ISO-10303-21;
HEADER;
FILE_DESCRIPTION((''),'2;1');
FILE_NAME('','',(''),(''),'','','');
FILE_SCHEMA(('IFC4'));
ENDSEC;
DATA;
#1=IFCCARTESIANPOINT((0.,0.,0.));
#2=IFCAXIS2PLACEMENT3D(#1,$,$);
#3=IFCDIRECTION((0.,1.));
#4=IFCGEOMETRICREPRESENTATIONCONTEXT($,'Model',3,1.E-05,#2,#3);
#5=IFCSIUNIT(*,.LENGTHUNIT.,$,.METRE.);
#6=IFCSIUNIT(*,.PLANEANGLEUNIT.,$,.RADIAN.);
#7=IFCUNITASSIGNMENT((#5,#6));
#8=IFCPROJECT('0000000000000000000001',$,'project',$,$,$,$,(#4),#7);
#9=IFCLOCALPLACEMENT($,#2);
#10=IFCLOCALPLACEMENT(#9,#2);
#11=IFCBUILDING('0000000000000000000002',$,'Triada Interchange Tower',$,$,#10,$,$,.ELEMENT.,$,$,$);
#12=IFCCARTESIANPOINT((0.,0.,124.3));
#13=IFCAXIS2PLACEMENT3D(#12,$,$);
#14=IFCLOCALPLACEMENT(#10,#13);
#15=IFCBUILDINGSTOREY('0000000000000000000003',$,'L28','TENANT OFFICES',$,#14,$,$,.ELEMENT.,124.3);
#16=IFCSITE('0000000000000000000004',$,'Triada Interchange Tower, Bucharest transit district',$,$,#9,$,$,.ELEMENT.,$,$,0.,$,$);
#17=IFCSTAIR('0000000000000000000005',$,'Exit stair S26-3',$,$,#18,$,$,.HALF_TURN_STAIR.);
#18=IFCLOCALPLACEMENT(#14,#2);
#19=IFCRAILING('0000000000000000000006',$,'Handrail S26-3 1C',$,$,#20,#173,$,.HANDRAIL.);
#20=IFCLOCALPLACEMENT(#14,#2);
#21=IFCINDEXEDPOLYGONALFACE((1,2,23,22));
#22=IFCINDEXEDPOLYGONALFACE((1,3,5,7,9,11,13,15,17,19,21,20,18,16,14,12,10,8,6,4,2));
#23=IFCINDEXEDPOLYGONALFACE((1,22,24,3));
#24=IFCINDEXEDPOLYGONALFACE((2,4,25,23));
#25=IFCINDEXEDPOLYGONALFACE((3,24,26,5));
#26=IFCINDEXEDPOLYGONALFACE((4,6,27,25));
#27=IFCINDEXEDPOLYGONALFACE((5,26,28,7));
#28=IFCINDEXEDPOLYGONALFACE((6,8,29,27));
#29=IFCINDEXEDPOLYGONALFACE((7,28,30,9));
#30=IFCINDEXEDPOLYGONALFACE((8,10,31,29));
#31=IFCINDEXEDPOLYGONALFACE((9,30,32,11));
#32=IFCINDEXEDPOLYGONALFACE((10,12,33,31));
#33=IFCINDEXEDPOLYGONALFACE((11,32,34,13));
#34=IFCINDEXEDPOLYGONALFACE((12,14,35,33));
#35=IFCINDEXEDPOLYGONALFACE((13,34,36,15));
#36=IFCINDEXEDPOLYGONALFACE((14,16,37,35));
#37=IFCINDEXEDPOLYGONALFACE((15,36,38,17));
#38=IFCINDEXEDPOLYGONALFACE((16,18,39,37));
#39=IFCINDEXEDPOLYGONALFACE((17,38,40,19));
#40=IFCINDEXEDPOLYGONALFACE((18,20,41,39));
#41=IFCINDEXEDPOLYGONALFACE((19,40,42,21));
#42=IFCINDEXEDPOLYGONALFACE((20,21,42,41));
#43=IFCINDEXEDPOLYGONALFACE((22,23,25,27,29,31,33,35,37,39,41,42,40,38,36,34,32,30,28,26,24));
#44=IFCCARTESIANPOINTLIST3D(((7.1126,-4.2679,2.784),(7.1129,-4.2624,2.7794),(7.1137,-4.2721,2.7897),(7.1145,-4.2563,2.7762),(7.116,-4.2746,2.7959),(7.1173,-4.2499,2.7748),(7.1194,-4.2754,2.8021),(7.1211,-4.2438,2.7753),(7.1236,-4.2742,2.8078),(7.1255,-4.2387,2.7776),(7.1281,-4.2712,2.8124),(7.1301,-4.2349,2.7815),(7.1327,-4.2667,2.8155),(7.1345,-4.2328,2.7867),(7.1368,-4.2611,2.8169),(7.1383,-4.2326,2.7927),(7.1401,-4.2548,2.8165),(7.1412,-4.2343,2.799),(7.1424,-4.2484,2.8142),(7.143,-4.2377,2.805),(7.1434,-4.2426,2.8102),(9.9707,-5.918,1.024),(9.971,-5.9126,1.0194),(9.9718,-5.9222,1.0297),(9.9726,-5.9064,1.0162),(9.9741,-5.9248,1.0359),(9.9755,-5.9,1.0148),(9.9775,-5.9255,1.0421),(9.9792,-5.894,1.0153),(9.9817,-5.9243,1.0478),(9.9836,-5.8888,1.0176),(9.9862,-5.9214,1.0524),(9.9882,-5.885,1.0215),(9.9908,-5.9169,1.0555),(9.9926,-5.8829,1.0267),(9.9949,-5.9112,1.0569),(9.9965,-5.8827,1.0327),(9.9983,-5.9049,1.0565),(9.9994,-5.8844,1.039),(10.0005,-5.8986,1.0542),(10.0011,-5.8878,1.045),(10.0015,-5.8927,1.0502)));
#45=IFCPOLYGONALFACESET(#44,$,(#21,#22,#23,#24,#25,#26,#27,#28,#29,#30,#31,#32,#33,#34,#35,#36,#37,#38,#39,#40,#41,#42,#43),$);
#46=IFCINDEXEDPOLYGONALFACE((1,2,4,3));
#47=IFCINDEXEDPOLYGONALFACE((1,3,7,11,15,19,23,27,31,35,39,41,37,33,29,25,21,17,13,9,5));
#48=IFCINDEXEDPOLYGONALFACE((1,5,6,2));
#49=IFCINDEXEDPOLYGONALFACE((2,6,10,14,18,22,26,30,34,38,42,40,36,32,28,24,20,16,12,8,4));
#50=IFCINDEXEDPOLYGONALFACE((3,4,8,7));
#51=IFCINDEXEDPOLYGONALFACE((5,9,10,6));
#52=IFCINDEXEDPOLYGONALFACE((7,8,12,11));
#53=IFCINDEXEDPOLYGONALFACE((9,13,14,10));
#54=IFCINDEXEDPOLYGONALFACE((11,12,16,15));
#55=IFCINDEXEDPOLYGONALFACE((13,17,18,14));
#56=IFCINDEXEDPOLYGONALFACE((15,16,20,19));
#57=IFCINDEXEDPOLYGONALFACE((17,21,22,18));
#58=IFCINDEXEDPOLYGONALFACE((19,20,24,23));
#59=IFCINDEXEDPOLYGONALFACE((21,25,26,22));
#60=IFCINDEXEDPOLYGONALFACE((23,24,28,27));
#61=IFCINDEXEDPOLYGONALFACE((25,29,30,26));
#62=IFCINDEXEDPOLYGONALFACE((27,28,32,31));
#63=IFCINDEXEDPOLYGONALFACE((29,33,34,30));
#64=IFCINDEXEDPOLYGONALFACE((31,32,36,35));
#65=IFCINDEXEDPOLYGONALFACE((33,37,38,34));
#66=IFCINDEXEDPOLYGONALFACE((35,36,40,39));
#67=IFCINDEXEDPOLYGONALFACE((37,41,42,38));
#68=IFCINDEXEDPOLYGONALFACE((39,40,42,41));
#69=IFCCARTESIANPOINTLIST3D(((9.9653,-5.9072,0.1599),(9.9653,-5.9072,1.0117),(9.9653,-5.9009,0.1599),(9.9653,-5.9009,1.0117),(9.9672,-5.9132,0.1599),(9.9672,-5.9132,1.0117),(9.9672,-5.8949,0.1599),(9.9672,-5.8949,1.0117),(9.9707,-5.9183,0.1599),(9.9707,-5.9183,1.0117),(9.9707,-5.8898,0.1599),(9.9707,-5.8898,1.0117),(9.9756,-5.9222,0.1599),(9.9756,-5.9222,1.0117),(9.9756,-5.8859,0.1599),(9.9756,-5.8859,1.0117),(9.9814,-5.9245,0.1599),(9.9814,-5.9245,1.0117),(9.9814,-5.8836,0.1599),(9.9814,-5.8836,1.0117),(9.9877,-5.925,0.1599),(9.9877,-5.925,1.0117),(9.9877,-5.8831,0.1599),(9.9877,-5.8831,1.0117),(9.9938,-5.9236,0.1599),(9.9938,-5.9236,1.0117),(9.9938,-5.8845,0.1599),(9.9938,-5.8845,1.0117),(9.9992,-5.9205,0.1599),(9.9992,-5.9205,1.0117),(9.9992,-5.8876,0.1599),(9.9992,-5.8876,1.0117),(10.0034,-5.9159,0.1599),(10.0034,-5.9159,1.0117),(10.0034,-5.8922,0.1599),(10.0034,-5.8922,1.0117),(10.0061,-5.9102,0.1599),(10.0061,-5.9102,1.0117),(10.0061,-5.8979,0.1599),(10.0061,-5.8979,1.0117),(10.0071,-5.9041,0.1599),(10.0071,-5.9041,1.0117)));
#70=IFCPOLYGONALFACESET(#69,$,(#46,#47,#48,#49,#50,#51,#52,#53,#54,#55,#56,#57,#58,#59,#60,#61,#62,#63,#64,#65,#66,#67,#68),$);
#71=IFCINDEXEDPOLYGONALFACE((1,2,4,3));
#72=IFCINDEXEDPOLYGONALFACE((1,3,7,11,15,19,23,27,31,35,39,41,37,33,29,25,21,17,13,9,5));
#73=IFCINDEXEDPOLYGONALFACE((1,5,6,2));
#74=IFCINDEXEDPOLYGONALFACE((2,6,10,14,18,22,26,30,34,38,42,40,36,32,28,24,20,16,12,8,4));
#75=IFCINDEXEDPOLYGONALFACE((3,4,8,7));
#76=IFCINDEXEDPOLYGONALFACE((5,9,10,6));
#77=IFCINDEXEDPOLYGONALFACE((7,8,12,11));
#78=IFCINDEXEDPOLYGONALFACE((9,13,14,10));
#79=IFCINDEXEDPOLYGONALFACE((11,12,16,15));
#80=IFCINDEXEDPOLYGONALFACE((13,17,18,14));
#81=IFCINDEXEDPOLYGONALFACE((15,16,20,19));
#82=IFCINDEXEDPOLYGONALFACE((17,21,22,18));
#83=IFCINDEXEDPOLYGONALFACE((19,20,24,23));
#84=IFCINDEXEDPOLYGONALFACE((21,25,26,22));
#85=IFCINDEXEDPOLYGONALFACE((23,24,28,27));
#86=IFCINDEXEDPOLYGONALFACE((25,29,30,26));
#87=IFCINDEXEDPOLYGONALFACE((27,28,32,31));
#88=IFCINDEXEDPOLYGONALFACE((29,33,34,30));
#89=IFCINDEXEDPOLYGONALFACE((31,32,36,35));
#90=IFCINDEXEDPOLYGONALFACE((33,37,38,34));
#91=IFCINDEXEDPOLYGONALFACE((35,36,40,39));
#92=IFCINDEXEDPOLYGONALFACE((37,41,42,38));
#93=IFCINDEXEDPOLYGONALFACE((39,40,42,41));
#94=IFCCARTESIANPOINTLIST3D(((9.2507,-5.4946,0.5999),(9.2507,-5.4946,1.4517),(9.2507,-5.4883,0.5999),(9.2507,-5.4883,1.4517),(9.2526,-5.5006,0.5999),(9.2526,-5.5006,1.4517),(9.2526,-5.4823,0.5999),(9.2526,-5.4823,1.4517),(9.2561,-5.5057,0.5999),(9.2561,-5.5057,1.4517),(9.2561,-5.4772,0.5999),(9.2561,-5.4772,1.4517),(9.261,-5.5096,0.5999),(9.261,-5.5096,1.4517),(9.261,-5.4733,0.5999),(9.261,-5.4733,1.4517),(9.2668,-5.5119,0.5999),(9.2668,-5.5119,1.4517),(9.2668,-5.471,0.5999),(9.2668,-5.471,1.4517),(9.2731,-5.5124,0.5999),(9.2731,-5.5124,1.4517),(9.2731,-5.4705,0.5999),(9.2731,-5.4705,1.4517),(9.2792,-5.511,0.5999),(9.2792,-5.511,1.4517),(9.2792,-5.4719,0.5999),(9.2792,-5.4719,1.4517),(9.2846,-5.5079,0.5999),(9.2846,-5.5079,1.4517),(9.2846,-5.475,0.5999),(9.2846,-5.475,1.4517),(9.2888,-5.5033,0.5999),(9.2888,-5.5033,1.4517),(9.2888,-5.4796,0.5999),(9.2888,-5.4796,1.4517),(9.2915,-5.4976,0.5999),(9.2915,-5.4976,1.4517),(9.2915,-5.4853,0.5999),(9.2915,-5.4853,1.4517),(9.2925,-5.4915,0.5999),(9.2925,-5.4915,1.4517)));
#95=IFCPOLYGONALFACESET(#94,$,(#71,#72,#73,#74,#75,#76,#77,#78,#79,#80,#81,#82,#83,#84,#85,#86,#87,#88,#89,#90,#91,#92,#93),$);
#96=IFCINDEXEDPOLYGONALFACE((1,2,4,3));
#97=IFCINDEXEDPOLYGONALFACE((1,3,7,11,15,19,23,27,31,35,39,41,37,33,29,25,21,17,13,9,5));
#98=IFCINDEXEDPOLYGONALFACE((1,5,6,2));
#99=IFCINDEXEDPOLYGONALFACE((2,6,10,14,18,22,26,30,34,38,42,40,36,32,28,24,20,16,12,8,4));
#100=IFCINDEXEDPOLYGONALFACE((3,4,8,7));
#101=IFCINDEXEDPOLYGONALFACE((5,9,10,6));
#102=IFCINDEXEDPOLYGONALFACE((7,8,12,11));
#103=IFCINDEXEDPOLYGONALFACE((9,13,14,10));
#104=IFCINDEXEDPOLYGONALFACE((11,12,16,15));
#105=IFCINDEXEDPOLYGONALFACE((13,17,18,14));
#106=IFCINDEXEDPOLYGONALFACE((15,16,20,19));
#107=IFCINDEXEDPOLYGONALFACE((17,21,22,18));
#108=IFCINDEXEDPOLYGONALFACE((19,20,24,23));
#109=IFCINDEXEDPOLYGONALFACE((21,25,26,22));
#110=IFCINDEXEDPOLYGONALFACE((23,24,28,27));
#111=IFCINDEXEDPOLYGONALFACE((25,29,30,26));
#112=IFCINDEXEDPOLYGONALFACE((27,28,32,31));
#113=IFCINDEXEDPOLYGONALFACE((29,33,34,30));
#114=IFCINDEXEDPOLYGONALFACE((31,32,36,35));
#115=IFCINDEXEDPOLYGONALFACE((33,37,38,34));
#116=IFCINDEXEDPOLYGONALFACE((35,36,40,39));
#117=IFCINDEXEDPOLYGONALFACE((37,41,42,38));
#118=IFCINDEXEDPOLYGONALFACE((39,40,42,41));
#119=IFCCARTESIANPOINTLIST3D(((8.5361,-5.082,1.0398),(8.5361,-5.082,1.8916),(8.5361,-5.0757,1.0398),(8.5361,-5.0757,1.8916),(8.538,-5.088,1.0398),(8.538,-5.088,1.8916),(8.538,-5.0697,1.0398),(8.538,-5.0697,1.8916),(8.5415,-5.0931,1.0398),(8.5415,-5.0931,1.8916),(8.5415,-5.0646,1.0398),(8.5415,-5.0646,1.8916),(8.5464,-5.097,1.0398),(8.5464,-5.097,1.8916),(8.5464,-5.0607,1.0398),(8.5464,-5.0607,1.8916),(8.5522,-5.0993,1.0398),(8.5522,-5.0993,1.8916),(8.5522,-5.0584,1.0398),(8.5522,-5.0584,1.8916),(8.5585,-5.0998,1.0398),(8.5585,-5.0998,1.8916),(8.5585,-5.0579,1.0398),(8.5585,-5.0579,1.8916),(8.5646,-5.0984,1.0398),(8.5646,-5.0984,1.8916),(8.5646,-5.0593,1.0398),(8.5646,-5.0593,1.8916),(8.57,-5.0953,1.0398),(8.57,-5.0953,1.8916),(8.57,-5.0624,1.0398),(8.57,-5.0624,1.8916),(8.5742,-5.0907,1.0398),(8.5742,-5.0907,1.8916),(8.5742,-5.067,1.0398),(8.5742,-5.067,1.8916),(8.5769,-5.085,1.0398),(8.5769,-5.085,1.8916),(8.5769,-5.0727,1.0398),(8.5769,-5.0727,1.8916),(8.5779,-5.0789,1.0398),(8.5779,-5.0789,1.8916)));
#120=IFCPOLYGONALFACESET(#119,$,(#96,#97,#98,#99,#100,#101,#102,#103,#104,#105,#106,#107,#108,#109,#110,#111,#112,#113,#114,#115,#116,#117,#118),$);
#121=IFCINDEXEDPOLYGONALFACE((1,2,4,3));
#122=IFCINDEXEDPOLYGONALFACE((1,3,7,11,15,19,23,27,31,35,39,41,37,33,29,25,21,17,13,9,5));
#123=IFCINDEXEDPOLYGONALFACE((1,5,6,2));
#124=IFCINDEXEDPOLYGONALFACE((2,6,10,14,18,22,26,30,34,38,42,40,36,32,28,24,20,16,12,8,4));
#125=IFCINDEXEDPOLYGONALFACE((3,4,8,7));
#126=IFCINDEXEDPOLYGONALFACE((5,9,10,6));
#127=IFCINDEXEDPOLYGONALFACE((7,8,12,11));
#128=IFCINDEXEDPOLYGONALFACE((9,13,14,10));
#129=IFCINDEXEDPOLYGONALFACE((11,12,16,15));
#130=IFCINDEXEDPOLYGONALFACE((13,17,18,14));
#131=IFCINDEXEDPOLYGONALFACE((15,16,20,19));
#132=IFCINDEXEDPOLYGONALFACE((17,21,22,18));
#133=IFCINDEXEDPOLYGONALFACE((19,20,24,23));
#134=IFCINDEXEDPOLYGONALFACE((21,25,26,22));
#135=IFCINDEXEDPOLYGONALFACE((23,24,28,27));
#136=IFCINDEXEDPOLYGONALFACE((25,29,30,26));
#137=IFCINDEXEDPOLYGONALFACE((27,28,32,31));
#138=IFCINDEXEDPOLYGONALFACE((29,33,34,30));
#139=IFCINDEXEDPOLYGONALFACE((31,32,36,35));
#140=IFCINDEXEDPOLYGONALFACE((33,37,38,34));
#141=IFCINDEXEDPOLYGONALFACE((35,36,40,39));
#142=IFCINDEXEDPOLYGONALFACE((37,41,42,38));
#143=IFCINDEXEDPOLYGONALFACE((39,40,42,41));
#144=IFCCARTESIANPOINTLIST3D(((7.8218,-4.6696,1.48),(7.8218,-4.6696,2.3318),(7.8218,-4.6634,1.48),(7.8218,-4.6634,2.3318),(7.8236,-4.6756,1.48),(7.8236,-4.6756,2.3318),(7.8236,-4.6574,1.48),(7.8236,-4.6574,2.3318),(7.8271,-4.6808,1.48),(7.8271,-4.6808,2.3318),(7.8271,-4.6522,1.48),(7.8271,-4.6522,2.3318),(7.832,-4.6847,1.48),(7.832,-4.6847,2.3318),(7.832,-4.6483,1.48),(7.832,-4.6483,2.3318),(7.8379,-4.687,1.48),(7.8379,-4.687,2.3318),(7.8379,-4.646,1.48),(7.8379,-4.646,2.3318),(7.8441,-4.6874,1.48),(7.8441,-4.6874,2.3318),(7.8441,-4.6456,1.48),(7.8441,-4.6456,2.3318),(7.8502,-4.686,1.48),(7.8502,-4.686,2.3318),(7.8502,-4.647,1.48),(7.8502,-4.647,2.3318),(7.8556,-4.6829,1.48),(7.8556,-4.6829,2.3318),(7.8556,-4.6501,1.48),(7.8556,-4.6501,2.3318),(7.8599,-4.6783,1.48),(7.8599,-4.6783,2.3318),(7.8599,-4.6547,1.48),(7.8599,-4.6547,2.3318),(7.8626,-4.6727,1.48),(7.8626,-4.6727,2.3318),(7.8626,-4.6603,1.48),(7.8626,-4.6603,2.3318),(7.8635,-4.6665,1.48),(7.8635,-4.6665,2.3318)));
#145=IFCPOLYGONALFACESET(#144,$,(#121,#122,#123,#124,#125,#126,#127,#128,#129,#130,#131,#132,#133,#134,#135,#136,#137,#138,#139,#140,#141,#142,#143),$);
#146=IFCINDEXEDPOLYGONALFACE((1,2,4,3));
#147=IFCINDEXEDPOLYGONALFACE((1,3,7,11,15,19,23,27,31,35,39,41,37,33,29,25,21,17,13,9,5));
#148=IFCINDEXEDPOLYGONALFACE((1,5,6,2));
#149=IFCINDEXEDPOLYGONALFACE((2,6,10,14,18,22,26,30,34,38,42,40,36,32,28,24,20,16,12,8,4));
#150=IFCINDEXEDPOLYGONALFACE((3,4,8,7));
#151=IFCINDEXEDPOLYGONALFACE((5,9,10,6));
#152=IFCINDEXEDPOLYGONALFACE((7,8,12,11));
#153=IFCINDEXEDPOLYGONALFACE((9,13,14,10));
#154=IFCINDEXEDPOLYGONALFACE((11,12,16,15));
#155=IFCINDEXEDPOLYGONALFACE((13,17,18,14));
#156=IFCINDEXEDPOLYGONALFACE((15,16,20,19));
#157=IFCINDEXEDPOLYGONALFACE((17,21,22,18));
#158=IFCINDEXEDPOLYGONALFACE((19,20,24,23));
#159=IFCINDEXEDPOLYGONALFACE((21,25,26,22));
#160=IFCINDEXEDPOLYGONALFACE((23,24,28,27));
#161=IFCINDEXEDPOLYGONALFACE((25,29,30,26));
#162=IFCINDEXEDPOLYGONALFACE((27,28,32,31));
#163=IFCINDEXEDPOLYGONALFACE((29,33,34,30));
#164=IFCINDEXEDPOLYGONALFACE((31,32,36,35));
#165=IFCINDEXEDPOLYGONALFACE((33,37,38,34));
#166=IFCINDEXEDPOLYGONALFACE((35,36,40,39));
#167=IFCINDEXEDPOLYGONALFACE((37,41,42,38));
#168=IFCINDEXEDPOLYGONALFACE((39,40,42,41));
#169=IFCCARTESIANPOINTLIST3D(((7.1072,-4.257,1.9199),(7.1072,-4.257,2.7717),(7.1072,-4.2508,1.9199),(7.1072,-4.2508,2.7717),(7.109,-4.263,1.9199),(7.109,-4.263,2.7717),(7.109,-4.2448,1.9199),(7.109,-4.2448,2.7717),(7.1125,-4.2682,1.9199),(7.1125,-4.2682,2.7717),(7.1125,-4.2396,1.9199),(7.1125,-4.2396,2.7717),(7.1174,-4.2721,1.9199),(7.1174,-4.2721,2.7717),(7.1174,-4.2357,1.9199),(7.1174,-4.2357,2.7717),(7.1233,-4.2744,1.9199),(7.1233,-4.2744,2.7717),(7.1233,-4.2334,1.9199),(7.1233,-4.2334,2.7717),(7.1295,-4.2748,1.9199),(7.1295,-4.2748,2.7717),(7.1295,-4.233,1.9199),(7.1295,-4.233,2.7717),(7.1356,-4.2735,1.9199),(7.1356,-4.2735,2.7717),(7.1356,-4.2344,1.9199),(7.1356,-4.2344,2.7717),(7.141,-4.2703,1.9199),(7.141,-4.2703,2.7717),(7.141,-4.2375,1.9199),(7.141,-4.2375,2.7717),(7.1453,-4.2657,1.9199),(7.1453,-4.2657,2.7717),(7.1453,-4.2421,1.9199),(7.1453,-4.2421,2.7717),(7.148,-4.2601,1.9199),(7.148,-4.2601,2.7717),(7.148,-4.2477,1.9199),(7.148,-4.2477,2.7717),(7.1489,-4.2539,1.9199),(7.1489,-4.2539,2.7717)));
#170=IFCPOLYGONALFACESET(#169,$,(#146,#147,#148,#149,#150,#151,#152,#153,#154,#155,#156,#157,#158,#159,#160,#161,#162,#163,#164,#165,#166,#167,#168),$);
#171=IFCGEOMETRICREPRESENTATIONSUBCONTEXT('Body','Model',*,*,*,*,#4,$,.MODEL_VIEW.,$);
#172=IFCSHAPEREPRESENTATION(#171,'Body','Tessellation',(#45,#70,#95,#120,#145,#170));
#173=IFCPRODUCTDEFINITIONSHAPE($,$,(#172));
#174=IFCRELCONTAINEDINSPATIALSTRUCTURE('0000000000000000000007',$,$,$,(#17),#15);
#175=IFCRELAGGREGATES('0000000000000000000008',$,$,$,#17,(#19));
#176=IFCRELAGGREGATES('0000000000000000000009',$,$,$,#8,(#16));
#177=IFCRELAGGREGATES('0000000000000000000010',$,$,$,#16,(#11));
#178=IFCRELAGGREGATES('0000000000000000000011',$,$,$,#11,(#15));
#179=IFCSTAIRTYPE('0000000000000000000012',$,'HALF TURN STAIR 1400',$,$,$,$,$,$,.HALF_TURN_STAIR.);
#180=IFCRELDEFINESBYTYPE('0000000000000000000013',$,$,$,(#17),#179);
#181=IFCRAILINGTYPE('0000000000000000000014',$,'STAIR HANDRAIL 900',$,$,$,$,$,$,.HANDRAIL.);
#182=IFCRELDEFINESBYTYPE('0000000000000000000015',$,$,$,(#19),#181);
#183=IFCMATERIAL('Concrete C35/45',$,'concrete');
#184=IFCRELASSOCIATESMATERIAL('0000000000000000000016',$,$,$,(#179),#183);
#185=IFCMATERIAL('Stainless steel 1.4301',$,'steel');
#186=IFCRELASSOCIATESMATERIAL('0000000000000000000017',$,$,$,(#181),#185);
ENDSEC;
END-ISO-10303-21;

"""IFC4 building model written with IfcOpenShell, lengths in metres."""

from ifc_helpers import new_model, si_unit, direction, frame, origin, origin_2d, place, context, subcontext, project, spatial, circle, extrude, material, type_object, element, aggregate, save


model = new_model("IFC4")

# Units and contexts
model_context = context("Model", 3, precision=1e-05, world=origin(), true_north=direction((0.0, 1.0)))
body_context = subcontext(model_context, "Body", "Model", "MODEL_VIEW")
ifc_project = project(units=[si_unit("LENGTHUNIT", "METRE"), si_unit("PLANEANGLEUNIT", "RADIAN")], contexts=[model_context])

# Site, building, storey
site_placement = place(None, origin())
site = spatial("IfcSite", under=ifc_project, at=site_placement, Name="Triada Interchange Tower, Bucharest transit district", CompositionType="ELEMENT", RefElevation=0.0)
building_placement = place(site_placement, origin())
building = spatial("IfcBuilding", under=site, at=building_placement, Name="Triada Interchange Tower", CompositionType="ELEMENT")
storey_placement = place(building_placement, frame((0.0, 0.0, 124.3)))
storey = spatial("IfcBuildingStorey", under=building, at=storey_placement, Name="L28", Description="TENANT OFFICES", CompositionType="ELEMENT", Elevation=124.3)

# Stair, railing
ifc_material_1 = material(Name="Concrete C35/45", Category="concrete")
stair_type = type_object("IfcStairType", Name="HALF TURN STAIR 1400", PredefinedType="HALF_TURN_STAIR", material=ifc_material_1)
stair_placement = place(storey_placement, origin())
stair = element("IfcStair", 1, at=stair_placement, inside=storey, type_object=stair_type, Name="Exit stair S26-3", PredefinedType="HALF_TURN_STAIR")
ifc_material_2 = material(Name="Stainless steel 1.4301", Category="steel")
railing_type = type_object("IfcRailingType", Name="STAIR HANDRAIL 900", PredefinedType="HANDRAIL", material=ifc_material_2)
railing_1_placement = place(storey_placement, frame((9.9861, -5.9041, 0.1599)))
railing_1 = element("IfcRailing", 2, at=railing_1_placement, type_object=railing_type, Name="Handrail S26-3 1C", PredefinedType="HANDRAIL", context=body_context, shape_type="SweptSolid", body=[
    extrude(circle(Radius=0.0239, at=origin_2d()), frame((0.0, 0.0, 0.876), z_axis=(-0.764156, 0.441183, 0.470556), x_axis=(-0.499998, -0.866027, 0.0)), (0.0, 0.0, 1.0), 3.7402),
    extrude(circle(Radius=0.021, at=origin_2d()), origin(), (0.0, 0.0, 1.0), 0.8518),
    extrude(circle(Radius=0.021, at=origin_2d()), frame((-0.7146, 0.4126, 0.4399)), (0.0, 0.0, 1.0), 0.8518),
    extrude(circle(Radius=0.021, at=origin_2d()), frame((-1.4292, 0.8252, 0.8799)), (0.0, 0.0, 1.0), 0.8518),
    extrude(circle(Radius=0.021, at=origin_2d()), frame((-2.1436, 1.2375, 1.3201)), (0.0, 0.0, 1.0), 0.8518),
    extrude(circle(Radius=0.021, at=origin_2d()), frame((-2.8582, 1.6501, 1.76)), (0.0, 0.0, 1.0), 0.8518),
])
aggregate(stair, [railing_1])

save(model, "model.ifc")
